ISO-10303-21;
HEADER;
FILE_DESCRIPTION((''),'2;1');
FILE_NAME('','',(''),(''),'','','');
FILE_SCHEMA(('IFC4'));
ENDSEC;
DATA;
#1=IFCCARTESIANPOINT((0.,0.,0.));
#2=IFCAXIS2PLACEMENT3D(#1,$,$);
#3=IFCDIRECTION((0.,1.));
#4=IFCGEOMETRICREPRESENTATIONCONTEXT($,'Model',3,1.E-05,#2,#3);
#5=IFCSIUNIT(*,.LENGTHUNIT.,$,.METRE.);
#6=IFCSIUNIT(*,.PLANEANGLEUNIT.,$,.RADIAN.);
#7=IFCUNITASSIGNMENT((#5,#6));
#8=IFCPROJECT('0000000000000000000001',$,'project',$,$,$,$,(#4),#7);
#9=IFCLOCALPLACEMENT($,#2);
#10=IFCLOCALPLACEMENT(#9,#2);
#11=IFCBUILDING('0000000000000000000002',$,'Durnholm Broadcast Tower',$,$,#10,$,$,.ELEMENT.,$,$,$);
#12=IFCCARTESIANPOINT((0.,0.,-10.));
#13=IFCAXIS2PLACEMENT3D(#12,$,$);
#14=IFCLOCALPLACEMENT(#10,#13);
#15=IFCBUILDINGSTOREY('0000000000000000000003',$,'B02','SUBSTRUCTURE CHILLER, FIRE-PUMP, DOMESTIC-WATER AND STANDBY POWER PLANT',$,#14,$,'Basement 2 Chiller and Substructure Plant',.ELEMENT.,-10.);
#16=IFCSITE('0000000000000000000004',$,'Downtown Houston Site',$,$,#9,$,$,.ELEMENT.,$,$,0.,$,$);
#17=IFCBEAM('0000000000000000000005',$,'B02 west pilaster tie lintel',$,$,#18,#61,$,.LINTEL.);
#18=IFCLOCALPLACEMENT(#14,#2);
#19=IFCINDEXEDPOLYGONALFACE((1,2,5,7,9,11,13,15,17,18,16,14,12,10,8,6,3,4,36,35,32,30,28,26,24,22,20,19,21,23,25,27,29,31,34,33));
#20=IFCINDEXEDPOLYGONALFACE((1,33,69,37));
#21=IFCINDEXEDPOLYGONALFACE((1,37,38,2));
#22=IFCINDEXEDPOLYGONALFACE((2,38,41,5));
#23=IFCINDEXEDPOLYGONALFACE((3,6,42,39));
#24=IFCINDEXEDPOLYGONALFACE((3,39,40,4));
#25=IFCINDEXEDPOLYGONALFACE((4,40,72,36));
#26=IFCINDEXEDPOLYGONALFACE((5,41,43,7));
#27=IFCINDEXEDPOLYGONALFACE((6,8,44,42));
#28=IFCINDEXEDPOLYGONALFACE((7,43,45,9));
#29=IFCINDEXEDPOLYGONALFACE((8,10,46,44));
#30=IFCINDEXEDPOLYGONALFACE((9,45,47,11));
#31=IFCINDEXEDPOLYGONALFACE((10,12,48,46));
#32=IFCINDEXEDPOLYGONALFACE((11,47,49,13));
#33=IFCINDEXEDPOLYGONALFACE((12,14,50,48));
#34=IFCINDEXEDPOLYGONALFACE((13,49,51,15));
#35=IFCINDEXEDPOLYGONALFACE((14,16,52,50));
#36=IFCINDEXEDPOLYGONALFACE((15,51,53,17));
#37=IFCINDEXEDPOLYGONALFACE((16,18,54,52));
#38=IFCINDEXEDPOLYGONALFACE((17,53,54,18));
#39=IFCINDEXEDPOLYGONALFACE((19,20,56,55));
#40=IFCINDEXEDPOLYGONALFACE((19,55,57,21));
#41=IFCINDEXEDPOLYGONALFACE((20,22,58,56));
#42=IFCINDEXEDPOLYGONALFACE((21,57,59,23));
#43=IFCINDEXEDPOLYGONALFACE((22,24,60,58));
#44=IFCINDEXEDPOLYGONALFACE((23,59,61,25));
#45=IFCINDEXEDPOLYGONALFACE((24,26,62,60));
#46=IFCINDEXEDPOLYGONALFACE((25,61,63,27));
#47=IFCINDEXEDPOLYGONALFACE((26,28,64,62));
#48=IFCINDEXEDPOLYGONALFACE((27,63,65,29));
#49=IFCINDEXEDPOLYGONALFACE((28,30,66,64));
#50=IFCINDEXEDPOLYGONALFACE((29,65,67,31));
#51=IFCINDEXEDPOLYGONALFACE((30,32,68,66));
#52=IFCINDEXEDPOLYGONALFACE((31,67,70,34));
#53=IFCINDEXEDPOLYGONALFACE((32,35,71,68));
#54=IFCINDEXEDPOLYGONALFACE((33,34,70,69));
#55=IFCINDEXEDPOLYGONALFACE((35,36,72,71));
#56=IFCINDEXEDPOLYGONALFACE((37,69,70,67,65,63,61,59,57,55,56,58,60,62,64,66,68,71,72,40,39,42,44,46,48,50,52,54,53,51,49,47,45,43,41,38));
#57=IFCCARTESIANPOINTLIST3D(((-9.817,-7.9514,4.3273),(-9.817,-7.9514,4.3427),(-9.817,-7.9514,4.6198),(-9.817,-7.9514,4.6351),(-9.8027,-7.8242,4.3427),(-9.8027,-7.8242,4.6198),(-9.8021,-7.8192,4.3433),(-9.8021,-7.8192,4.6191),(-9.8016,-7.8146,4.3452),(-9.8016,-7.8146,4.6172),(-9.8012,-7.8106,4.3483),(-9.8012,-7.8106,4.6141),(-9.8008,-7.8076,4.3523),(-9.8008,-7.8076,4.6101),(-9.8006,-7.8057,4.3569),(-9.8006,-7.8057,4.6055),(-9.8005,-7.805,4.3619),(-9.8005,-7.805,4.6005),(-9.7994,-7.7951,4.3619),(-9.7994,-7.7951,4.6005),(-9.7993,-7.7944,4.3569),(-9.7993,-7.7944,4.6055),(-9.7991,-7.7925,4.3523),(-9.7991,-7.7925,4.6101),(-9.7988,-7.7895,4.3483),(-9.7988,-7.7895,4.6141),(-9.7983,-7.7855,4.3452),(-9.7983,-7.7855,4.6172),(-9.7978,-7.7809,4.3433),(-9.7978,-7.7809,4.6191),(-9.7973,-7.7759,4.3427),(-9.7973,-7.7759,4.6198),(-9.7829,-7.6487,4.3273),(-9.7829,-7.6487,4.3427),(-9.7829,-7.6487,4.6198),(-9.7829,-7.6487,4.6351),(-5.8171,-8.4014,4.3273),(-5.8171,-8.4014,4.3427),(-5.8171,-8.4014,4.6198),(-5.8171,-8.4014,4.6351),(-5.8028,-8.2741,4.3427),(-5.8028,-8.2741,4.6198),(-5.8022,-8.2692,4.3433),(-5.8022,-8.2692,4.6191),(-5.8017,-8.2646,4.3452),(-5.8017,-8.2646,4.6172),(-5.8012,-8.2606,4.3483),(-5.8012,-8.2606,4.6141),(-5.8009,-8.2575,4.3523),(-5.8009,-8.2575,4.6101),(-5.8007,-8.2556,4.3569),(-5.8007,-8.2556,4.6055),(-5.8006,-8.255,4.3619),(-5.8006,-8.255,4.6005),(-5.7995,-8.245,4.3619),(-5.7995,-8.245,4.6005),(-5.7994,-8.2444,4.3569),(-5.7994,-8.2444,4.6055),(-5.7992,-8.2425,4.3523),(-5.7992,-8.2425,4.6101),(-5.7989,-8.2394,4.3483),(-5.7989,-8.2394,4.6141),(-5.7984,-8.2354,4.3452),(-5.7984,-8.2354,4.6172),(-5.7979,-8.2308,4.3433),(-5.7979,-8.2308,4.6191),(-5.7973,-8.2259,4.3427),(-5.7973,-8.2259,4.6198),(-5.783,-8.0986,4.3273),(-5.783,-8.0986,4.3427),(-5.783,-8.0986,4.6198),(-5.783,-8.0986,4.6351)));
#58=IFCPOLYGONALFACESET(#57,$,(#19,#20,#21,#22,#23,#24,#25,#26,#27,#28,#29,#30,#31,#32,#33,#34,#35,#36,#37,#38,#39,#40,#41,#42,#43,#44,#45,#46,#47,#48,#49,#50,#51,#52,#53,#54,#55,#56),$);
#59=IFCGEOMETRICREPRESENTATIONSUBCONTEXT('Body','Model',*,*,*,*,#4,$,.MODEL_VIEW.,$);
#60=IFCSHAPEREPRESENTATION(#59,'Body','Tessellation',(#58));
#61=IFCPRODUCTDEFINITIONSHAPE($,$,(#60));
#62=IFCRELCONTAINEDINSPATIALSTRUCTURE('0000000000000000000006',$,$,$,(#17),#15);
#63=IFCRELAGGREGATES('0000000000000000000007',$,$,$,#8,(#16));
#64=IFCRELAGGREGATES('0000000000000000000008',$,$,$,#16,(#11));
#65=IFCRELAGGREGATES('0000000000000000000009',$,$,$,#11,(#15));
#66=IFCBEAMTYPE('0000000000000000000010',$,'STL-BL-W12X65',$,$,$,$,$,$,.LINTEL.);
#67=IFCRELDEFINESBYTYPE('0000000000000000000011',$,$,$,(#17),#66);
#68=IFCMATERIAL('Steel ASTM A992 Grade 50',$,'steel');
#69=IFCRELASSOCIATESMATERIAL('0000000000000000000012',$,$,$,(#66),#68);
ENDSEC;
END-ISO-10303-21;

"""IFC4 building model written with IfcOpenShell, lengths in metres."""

from ifc_helpers import new_model, si_unit, direction, frame, origin, origin_2d, place, context, subcontext, project, spatial, i_section, extrude, source, transform, mapped, material, material_profile, profile_set, type_object, type_shapes, element, save


model = new_model("IFC4")

# Units and contexts
model_context = context("Model", 3, precision=1e-05, world=origin(), true_north=direction((0.0, 1.0)))
body_context = subcontext(model_context, "Body", "Model", "MODEL_VIEW")
ifc_project = project(units=[si_unit("LENGTHUNIT", "METRE"), si_unit("PLANEANGLEUNIT", "RADIAN")], contexts=[model_context])

# Site, building, storey
site_placement = place(None, origin())
site = spatial("IfcSite", under=ifc_project, at=site_placement, Name="Downtown Houston Site", CompositionType="ELEMENT", RefElevation=0.0)
building_placement = place(site_placement, origin())
building = spatial("IfcBuilding", under=site, at=building_placement, Name="Durnholm Broadcast Tower", CompositionType="ELEMENT")
storey_placement = place(building_placement, frame((0.0, 0.0, -10.0)))
storey = spatial("IfcBuildingStorey", under=building, at=storey_placement, Name="B02", Description="SUBSTRUCTURE CHILLER, FIRE-PUMP, DOMESTIC-WATER AND STANDBY POWER PLANT", LongName="Basement 2 Chiller and Substructure Plant", CompositionType="ELEMENT", Elevation=-10.0)

# Beam
ifc_material_1 = material(Name="Steel ASTM A992 Grade 50", Category="steel")
ifc_material_profile_1 = material_profile(ifc_material_1, i_section(OverallWidth=0.3047, OverallDepth=0.3079, WebThickness=0.01, FlangeThickness=0.0154, FilletRadius=0.0193, at=origin_2d()), Name="W12X65")
ifc_profile_set_1 = profile_set([ifc_material_profile_1], Name="Steel ASTM A992 Grade 50")
beam_type_1 = type_object("IfcBeamType", Name="STL-BL-W12X65", PredefinedType="LINTEL", material=ifc_profile_set_1)
shared_shape_1 = source(origin(), body_context, "Body", "SweptSolid", [
    extrude(i_section(OverallWidth=0.3047, OverallDepth=0.3079, WebThickness=0.01, FlangeThickness=0.0154, FilletRadius=0.0193, at=origin_2d()), origin(), (0.0, 0.0, 1.0), 4.0251),
])
type_shapes(beam_type_1, [shared_shape_1])
beam_1_placement = place(storey_placement, frame((-5.8, -8.25, 4.4812), z_axis=(-0.993733, 0.111783, 0.0), x_axis=(-0.111783, -0.993733, 0.0)))
element("IfcBeam", 1, at=beam_1_placement, inside=storey, type_object=beam_type_1, Name="B02 west pilaster tie lintel", PredefinedType="LINTEL", context=body_context, shape_type="MappedRepresentation", body=[
    mapped(shared_shape_1, transform((0.0, 0.0, 0.0), x_axis=(1.0, 0.0, 0.0), y_axis=(0.0, 1.0, 0.0), z_axis=(0.0, 0.0, 1.0), scale=1.0)),
])

save(model, "model.ifc")
